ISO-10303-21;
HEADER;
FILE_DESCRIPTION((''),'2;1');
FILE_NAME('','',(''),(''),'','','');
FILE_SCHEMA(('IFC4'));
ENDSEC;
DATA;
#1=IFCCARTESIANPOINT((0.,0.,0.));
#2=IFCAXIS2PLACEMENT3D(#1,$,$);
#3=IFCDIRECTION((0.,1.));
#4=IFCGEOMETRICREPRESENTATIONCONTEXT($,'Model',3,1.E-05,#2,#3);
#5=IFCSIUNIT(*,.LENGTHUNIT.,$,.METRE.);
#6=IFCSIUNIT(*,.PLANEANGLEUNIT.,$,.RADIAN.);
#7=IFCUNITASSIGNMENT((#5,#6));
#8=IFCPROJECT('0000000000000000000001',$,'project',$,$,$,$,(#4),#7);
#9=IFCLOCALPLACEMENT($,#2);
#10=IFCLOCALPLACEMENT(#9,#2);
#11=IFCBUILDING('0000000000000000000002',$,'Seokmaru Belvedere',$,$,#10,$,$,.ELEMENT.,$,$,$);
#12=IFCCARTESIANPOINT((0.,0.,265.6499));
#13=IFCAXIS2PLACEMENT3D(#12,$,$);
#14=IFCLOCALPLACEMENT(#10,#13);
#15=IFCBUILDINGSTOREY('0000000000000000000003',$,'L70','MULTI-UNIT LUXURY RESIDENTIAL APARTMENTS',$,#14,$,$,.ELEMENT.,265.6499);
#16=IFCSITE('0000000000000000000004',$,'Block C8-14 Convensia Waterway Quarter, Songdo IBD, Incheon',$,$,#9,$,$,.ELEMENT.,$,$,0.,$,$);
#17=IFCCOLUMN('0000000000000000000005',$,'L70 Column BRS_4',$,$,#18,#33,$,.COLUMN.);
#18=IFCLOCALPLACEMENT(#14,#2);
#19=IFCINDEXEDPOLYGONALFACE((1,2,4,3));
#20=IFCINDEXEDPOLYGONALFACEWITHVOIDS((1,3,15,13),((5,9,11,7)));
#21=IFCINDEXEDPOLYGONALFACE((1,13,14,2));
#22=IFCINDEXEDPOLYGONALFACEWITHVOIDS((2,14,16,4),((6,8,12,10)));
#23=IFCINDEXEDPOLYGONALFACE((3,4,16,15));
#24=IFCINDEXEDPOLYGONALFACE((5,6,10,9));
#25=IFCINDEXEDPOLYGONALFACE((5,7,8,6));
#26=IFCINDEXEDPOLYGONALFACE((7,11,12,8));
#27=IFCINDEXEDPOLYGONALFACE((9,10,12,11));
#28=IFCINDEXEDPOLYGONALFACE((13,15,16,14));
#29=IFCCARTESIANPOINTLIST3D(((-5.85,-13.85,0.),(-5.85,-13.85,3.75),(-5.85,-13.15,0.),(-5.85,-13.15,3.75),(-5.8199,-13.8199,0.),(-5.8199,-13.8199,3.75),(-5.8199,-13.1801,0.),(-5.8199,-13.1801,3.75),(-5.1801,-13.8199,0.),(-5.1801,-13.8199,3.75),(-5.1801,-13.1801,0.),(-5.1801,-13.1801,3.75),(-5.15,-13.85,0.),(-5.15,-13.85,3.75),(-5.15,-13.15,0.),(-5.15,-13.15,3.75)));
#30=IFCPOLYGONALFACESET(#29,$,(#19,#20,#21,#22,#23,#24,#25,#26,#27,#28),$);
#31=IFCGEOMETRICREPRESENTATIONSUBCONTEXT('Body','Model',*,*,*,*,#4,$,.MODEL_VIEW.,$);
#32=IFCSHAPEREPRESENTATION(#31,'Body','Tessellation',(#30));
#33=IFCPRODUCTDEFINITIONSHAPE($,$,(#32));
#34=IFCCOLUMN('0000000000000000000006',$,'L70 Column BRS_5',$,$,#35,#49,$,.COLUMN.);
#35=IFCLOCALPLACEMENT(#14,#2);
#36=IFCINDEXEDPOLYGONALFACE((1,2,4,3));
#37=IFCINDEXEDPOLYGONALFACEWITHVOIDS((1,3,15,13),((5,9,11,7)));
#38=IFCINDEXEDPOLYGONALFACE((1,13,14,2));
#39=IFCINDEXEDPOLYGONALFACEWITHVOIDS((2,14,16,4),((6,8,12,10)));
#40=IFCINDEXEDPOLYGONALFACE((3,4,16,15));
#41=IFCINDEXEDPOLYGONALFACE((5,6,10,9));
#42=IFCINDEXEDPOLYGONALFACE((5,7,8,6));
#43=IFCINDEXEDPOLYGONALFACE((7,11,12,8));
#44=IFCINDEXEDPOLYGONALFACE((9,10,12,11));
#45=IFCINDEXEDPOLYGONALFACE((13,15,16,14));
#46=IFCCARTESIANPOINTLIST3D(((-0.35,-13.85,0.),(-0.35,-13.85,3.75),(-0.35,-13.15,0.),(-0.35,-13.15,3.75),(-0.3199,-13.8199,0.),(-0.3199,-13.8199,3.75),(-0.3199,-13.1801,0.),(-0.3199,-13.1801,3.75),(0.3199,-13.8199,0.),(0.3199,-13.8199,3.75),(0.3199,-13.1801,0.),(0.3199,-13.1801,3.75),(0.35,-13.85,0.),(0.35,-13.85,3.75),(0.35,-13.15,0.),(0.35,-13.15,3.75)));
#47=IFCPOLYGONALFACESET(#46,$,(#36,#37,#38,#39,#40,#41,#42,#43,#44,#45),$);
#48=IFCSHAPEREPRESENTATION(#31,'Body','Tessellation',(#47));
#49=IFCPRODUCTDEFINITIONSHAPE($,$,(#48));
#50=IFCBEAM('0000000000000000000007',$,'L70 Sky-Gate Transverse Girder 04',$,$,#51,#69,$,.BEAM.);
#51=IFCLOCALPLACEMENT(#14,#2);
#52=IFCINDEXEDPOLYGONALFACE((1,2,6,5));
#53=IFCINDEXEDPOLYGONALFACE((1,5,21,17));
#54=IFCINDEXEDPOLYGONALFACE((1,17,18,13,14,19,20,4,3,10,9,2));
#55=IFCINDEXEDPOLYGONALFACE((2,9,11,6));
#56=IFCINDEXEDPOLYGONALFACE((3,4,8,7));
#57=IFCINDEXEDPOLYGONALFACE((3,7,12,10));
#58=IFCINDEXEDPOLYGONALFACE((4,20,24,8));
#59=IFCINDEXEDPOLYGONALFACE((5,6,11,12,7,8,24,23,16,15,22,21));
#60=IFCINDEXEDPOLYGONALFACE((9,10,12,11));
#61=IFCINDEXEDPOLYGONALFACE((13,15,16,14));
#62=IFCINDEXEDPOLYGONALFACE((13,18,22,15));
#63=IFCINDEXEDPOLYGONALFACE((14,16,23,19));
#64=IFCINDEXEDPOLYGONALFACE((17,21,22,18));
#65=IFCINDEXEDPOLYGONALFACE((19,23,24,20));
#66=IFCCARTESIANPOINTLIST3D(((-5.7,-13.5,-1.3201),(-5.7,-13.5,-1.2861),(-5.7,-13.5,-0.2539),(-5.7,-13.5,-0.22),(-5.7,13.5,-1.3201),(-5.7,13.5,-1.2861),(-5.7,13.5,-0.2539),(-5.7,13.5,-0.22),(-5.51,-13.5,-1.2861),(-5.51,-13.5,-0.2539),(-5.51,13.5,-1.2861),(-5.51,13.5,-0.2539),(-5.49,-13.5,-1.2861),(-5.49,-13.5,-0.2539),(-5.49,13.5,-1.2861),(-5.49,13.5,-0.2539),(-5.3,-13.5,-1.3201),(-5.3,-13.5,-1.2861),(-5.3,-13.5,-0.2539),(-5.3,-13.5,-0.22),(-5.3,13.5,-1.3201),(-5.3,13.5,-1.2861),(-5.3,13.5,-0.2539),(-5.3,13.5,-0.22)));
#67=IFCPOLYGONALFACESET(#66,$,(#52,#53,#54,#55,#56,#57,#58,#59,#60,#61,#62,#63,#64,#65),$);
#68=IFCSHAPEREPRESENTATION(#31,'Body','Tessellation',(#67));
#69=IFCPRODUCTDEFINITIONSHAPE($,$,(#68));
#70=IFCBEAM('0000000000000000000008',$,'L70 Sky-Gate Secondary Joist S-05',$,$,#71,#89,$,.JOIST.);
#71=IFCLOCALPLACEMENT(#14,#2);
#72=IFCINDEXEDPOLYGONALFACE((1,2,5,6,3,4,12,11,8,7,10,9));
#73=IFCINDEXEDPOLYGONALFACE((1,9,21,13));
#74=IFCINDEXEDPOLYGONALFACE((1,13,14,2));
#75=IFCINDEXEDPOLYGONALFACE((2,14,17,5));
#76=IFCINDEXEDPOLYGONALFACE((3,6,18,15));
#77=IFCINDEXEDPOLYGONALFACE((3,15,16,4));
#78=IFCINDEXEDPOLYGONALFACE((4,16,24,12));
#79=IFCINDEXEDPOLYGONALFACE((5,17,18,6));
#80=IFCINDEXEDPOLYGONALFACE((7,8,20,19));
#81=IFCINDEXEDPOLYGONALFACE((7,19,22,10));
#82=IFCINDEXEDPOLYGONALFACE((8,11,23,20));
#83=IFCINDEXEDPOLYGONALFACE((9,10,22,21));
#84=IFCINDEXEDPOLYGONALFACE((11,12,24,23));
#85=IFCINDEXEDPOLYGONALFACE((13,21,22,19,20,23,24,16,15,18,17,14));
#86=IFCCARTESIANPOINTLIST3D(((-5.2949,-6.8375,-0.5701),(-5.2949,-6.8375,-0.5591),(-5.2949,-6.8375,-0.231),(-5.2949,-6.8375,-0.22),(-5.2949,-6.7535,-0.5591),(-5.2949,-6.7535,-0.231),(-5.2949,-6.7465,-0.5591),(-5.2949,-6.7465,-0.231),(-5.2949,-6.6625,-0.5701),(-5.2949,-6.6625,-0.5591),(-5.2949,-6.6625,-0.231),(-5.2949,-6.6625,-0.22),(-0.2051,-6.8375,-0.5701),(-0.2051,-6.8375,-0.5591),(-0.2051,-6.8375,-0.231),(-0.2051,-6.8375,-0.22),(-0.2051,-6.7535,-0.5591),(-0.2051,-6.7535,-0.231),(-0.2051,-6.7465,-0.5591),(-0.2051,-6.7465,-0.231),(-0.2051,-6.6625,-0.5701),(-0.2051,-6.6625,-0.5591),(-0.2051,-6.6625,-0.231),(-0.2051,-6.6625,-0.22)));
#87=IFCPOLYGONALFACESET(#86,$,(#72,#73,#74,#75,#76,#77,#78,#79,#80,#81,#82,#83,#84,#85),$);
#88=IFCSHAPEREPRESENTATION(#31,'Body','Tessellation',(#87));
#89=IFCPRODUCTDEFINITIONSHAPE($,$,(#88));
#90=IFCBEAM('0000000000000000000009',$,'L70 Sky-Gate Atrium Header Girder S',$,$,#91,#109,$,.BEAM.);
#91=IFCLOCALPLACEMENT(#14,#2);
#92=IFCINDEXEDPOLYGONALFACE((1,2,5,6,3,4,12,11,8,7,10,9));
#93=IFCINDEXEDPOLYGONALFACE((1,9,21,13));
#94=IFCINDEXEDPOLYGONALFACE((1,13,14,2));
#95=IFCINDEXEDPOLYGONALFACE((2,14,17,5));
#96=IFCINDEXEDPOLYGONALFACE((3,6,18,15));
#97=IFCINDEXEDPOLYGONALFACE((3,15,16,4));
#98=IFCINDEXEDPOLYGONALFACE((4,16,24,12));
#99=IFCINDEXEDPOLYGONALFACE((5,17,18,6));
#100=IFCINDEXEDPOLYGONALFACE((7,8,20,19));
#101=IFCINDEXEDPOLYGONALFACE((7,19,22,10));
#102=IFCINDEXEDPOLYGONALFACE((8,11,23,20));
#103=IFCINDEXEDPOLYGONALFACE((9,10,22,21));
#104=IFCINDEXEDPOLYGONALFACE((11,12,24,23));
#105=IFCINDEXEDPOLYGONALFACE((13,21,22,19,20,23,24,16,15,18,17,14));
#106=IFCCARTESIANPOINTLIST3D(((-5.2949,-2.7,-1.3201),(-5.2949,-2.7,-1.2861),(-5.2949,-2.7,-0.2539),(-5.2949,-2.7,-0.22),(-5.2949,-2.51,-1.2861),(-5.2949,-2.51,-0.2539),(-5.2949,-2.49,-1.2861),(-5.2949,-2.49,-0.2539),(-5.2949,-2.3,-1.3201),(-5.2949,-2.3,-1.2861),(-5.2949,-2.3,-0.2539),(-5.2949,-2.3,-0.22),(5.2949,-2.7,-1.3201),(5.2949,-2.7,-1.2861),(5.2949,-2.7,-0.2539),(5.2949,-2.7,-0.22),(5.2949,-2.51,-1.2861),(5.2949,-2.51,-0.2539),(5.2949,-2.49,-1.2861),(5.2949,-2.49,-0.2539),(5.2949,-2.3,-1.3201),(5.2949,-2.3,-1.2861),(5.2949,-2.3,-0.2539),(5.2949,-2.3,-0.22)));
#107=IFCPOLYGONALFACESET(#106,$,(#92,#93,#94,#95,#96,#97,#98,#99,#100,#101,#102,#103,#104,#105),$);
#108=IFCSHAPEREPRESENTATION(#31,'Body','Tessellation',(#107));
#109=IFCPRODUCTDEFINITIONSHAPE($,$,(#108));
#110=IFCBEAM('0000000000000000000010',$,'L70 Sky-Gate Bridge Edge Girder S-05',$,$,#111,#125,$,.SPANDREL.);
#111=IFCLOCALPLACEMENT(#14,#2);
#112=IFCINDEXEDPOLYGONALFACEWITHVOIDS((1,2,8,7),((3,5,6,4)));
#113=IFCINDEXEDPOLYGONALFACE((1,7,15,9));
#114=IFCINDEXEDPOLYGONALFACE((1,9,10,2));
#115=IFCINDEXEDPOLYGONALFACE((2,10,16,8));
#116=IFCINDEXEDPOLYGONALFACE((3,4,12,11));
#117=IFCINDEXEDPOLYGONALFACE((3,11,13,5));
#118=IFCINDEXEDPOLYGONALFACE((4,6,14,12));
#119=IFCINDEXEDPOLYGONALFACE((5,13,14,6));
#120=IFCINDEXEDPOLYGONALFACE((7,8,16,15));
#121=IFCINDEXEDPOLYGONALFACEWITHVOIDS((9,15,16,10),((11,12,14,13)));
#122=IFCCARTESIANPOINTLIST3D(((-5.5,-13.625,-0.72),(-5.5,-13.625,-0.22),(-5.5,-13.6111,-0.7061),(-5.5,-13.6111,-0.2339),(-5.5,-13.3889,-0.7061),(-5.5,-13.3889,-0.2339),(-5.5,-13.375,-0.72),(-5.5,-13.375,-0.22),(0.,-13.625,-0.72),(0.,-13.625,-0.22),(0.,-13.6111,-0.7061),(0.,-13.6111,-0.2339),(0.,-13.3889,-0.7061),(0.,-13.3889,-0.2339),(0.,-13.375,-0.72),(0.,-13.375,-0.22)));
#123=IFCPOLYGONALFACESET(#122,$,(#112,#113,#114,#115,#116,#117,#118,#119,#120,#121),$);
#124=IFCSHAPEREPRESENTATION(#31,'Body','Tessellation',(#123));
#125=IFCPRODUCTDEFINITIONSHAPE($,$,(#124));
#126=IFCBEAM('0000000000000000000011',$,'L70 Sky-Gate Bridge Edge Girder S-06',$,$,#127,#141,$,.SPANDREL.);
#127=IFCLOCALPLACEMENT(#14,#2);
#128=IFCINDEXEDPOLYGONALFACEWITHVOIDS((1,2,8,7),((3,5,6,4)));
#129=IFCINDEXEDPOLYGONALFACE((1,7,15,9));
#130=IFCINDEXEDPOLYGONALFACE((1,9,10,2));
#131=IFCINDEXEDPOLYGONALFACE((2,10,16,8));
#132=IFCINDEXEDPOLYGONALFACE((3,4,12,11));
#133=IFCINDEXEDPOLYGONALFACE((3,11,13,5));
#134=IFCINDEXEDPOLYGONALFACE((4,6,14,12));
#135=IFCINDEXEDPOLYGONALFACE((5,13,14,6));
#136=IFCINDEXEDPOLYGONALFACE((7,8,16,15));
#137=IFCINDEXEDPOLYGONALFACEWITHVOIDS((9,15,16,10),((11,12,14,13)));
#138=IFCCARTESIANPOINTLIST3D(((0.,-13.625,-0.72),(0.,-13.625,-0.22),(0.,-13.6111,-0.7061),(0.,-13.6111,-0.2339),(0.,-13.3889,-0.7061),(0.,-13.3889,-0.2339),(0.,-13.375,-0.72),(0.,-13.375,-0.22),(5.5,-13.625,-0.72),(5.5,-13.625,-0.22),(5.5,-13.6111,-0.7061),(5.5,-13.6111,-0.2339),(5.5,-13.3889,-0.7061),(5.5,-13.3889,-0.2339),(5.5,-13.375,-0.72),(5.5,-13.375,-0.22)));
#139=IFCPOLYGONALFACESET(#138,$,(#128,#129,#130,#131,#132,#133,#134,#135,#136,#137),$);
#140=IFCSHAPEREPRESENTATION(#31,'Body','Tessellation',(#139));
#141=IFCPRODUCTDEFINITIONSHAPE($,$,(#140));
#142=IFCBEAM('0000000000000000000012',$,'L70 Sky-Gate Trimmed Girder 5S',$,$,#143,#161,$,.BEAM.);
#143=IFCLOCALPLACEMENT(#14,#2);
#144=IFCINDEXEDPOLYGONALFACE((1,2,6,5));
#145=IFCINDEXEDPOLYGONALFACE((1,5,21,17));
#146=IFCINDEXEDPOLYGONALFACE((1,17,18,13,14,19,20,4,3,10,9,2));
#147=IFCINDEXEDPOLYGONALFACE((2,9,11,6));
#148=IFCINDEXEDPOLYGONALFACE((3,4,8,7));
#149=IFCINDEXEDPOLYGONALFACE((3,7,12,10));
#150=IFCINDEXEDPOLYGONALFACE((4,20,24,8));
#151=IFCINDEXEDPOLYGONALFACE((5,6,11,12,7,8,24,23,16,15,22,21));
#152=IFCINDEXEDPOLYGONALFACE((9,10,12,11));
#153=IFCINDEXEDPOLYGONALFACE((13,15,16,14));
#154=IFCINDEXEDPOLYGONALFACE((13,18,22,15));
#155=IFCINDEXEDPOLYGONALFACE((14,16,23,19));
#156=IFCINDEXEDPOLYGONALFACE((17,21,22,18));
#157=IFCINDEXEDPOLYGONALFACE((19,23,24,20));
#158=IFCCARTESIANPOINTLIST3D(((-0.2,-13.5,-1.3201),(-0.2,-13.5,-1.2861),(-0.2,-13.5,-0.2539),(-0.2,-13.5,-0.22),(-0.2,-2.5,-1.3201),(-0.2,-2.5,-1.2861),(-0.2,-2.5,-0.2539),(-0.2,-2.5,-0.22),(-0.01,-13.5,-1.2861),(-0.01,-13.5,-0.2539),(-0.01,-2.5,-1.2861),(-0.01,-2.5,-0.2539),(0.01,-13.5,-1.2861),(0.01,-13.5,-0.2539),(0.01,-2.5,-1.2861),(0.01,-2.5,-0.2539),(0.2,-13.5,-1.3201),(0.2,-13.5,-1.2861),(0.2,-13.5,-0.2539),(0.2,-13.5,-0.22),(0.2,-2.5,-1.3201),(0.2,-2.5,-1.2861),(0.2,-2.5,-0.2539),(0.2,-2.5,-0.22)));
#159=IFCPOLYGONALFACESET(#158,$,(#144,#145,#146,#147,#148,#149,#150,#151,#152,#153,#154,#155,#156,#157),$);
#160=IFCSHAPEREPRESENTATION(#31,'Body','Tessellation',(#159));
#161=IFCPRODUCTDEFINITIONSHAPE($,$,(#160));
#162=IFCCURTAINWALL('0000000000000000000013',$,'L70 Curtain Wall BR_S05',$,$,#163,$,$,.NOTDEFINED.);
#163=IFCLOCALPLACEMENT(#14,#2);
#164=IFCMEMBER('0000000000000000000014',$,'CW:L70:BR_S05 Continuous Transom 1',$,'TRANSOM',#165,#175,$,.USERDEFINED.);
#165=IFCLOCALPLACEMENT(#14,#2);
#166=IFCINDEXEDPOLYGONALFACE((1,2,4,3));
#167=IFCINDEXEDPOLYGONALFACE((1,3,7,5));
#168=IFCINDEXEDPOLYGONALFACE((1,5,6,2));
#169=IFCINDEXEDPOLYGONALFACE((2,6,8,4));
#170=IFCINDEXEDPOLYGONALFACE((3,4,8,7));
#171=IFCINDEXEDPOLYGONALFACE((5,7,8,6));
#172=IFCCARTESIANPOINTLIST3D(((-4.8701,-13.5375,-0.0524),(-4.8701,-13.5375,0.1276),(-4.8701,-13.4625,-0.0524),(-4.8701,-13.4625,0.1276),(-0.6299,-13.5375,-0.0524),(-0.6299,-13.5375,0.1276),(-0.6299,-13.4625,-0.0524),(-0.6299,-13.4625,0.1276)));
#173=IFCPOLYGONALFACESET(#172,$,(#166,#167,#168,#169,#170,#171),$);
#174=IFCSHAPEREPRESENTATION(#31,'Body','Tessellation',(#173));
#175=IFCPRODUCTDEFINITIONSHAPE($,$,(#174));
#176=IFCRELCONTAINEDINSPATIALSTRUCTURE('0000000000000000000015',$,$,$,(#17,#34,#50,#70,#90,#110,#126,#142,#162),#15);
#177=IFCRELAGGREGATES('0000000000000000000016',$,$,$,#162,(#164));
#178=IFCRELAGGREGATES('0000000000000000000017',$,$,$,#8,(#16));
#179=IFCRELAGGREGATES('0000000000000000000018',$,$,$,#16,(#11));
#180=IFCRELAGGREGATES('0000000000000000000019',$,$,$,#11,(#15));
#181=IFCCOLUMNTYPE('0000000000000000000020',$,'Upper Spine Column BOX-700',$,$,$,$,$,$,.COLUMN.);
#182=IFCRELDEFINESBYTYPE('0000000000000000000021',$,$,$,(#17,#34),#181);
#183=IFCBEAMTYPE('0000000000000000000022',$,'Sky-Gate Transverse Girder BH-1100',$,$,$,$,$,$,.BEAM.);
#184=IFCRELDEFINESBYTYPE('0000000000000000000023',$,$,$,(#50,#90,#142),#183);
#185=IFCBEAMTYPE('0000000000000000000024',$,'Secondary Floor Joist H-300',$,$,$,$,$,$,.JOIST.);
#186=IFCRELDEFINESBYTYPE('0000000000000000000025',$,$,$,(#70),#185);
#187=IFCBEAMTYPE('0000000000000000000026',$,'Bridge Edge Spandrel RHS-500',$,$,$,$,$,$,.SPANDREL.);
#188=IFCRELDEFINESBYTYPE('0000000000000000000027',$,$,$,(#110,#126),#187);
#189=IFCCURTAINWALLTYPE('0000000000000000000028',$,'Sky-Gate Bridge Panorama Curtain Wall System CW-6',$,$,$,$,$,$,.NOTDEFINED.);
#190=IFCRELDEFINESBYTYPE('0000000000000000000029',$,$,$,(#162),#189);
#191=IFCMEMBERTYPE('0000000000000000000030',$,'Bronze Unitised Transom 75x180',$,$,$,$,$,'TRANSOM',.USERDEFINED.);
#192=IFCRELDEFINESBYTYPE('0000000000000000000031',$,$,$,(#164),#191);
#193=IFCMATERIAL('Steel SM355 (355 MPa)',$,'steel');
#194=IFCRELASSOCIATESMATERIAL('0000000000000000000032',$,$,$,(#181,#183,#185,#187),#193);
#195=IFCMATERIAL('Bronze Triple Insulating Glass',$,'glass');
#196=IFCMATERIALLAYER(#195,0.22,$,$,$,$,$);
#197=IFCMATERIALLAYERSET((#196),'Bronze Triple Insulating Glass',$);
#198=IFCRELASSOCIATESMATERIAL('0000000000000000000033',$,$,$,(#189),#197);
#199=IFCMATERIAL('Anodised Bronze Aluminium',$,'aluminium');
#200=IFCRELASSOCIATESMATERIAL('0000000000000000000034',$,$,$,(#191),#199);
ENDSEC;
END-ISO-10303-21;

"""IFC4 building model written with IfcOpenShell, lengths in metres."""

from ifc_helpers import new_model, si_unit, direction, frame, origin, origin_2d, place, context, subcontext, project, spatial, rectangle, hollow_rectangle, i_section, extrude, source, transform, mapped, material, layer, layer_set, material_profile, profile_set, type_object, type_shapes, element, aggregate, save


model = new_model("IFC4")

# Units and contexts
model_context = context("Model", 3, precision=1e-05, world=origin(), true_north=direction((0.0, 1.0)))
body_context = subcontext(model_context, "Body", "Model", "MODEL_VIEW")
ifc_project = project(units=[si_unit("LENGTHUNIT", "METRE"), si_unit("PLANEANGLEUNIT", "RADIAN")], contexts=[model_context])

# Site, building, storey
site_placement = place(None, origin())
site = spatial("IfcSite", under=ifc_project, at=site_placement, Name="Block C8-14 Convensia Waterway Quarter, Songdo IBD, Incheon", CompositionType="ELEMENT", RefElevation=0.0)
building_placement = place(site_placement, origin())
building = spatial("IfcBuilding", under=site, at=building_placement, Name="Seokmaru Belvedere", CompositionType="ELEMENT")
storey_placement = place(building_placement, frame((0.0, 0.0, 265.6499)))
storey = spatial("IfcBuildingStorey", under=building, at=storey_placement, Name="L70", Description="MULTI-UNIT LUXURY RESIDENTIAL APARTMENTS", CompositionType="ELEMENT", Elevation=265.6499)

# Columns
ifc_material_1 = material(Name="Steel SM355 (355 MPa)", Category="steel")
ifc_material_profile_1 = material_profile(ifc_material_1, hollow_rectangle(XDim=0.7, YDim=0.7, WallThickness=0.03, at=origin_2d()), Name="BOX-700x700x30")
ifc_profile_set_1 = profile_set([ifc_material_profile_1], Name="Steel SM355 (355 MPa)")
column_type = type_object("IfcColumnType", Name="Upper Spine Column BOX-700", PredefinedType="COLUMN", material=ifc_profile_set_1)
shared_shape_1 = source(origin(), body_context, "Body", "SweptSolid", [
    extrude(hollow_rectangle(XDim=0.7, YDim=0.7, WallThickness=0.03, at=origin_2d()), origin(), (0.0, 0.0, 1.0), 3.75),
])
type_shapes(column_type, [shared_shape_1])
for number, where, z_axis, x_axis, name in (
    (1, (-5.5, -13.5, 0.0), (0.0, 0.0, 1.0), (1.0, 0.0, 0.0), "L70 Column BRS_4"),
    (2, (0.0, -13.5, 0.0), (0.0, 0.0, 1.0), (1.0, 0.0, 0.0), "L70 Column BRS_5"),
):
    element("IfcColumn", number, at=place(storey_placement, frame(where, z_axis=z_axis, x_axis=x_axis)), inside=storey, type_object=column_type, Name=name, PredefinedType="COLUMN", context=body_context, shape_type="MappedRepresentation", body=[
        mapped(shared_shape_1, transform((0.0, 0.0, 0.0), scale=1.0)),
    ])

# Beams
ifc_material_profile_2 = material_profile(ifc_material_1, i_section(OverallWidth=0.3999, OverallDepth=1.1001, WebThickness=0.02, FlangeThickness=0.0339, at=origin_2d()), Name="BH-1100x400x20x34")
ifc_profile_set_2 = profile_set([ifc_material_profile_2], Name="Steel SM355 (355 MPa)")
beam_type_1 = type_object("IfcBeamType", Name="Sky-Gate Transverse Girder BH-1100", PredefinedType="BEAM", material=ifc_profile_set_2)
shared_shape_2 = source(origin(), body_context, "Body", "SweptSolid", [
    extrude(i_section(OverallWidth=0.3999, OverallDepth=1.1001, WebThickness=0.02, FlangeThickness=0.0339, at=origin_2d()), origin(), (0.0, 0.0, 1.0), 27.0),
])
beam_1_placement = place(storey_placement, frame((-5.5, -13.5, -0.77), z_axis=(0.0, 1.0, 0.0), x_axis=(-1.0, 0.0, 0.0)))
element("IfcBeam", 3, at=beam_1_placement, inside=storey, type_object=beam_type_1, Name="L70 Sky-Gate Transverse Girder 04", PredefinedType="BEAM", context=body_context, shape_type="MappedRepresentation", body=[
    mapped(shared_shape_2, transform((0.0, 0.0, 0.0), scale=1.0)),
])
ifc_material_profile_3 = material_profile(ifc_material_1, i_section(OverallWidth=0.175, OverallDepth=0.3501, WebThickness=0.0071, FlangeThickness=0.011, at=origin_2d()), Name="H-350x175x7x11")
ifc_profile_set_3 = profile_set([ifc_material_profile_3], Name="Steel SM355 (355 MPa)")
beam_type_2 = type_object("IfcBeamType", Name="Secondary Floor Joist H-300", PredefinedType="JOIST", material=ifc_profile_set_3)
shared_shape_3 = source(origin(), body_context, "Body", "SweptSolid", [
    extrude(i_section(OverallWidth=0.175, OverallDepth=0.3501, WebThickness=0.0071, FlangeThickness=0.011, at=origin_2d()), origin(), (0.0, 0.0, 1.0), 5.0898),
])
type_shapes(beam_type_2, [shared_shape_3])
beam_2_placement = place(storey_placement, frame((-5.2949, -6.75, -0.395), z_axis=(1.0, 0.0, 0.0), x_axis=(0.0, 1.0, 0.0)))
element("IfcBeam", 4, at=beam_2_placement, inside=storey, type_object=beam_type_2, Name="L70 Sky-Gate Secondary Joist S-05", PredefinedType="JOIST", context=body_context, shape_type="MappedRepresentation", body=[
    mapped(shared_shape_3, transform((0.0, 0.0, 0.0), scale=1.0)),
])
shared_shape_4 = source(origin(), body_context, "Body", "SweptSolid", [
    extrude(i_section(OverallWidth=0.3999, OverallDepth=1.1001, WebThickness=0.02, FlangeThickness=0.0339, at=origin_2d()), origin(), (0.0, 0.0, 1.0), 10.5898),
])
beam_3_placement = place(storey_placement, frame((-5.2949, -2.5, -0.77), z_axis=(1.0, 0.0, 0.0), x_axis=(0.0, 1.0, 0.0)))
element("IfcBeam", 5, at=beam_3_placement, inside=storey, type_object=beam_type_1, Name="L70 Sky-Gate Atrium Header Girder S", PredefinedType="BEAM", context=body_context, shape_type="MappedRepresentation", body=[
    mapped(shared_shape_4, transform((0.0, 0.0, 0.0), scale=1.0)),
])
ifc_material_profile_4 = material_profile(ifc_material_1, hollow_rectangle(XDim=0.25, YDim=0.5, WallThickness=0.0139, at=origin_2d()), Name="RHS-500x250x14")
ifc_profile_set_4 = profile_set([ifc_material_profile_4], Name="Steel SM355 (355 MPa)")
beam_type_3 = type_object("IfcBeamType", Name="Bridge Edge Spandrel RHS-500", PredefinedType="SPANDREL", material=ifc_profile_set_4)
shared_shape_5 = source(origin(), body_context, "Body", "SweptSolid", [
    extrude(hollow_rectangle(XDim=0.25, YDim=0.5, WallThickness=0.0139, at=origin_2d()), origin(), (0.0, 0.0, 1.0), 5.5),
])
type_shapes(beam_type_3, [shared_shape_5])
for number, where, z_axis, x_axis, name in (
    (6, (-5.5, -13.5, -0.47), (1.0, 0.0, 0.0), (0.0, 1.0, 0.0), "L70 Sky-Gate Bridge Edge Girder S-05"),
    (7, (0.0, -13.5, -0.47), (1.0, 0.0, 0.0), (0.0, 1.0, 0.0), "L70 Sky-Gate Bridge Edge Girder S-06"),
):
    element("IfcBeam", number, at=place(storey_placement, frame(where, z_axis=z_axis, x_axis=x_axis)), inside=storey, type_object=beam_type_3, Name=name, PredefinedType="SPANDREL", context=body_context, shape_type="MappedRepresentation", body=[
        mapped(shared_shape_5, transform((0.0, 0.0, 0.0), scale=1.0)),
    ])
shared_shape_6 = source(origin(), body_context, "Body", "SweptSolid", [
    extrude(i_section(OverallWidth=0.3999, OverallDepth=1.1001, WebThickness=0.02, FlangeThickness=0.0339, at=origin_2d()), origin(), (0.0, 0.0, 1.0), 11.0),
])
type_shapes(beam_type_1, [shared_shape_2, shared_shape_4, shared_shape_6])
beam_4_placement = place(storey_placement, frame((0.0, -13.5, -0.77), z_axis=(0.0, 1.0, 0.0), x_axis=(-1.0, 0.0, 0.0)))
element("IfcBeam", 8, at=beam_4_placement, inside=storey, type_object=beam_type_1, Name="L70 Sky-Gate Trimmed Girder 5S", PredefinedType="BEAM", context=body_context, shape_type="MappedRepresentation", body=[
    mapped(shared_shape_6, transform((0.0, 0.0, 0.0), scale=1.0)),
])

# Curtain wall, member
ifc_material_2 = material(Name="Bronze Triple Insulating Glass", Category="glass")
ifc_layer_1 = layer(ifc_material_2, 0.22)
ifc_layer_set_1 = layer_set([ifc_layer_1], Name="Bronze Triple Insulating Glass")
curtain_wall_type = type_object("IfcCurtainWallType", Name="Sky-Gate Bridge Panorama Curtain Wall System CW-6", PredefinedType="NOTDEFINED", material=ifc_layer_set_1)
curtain_wall_1_placement = place(storey_placement, origin())
curtain_wall_1 = element("IfcCurtainWall", 9, at=curtain_wall_1_placement, inside=storey, type_object=curtain_wall_type, Name="L70 Curtain Wall BR_S05", PredefinedType="NOTDEFINED")
ifc_material_3 = material(Name="Anodised Bronze Aluminium", Category="aluminium")
ifc_material_profile_5 = material_profile(ifc_material_3, rectangle(XDim=0.075, YDim=0.1799, at=origin_2d()), Name="CW-T-75x180")
ifc_profile_set_5 = profile_set([ifc_material_profile_5], Name="Anodised Bronze Aluminium")
member_type_1 = type_object("IfcMemberType", Name="Bronze Unitised Transom 75x180", ElementType="TRANSOM", PredefinedType="USERDEFINED", material=ifc_profile_set_5)
shared_shape_7 = source(origin(), body_context, "Body", "SweptSolid", [
    extrude(rectangle(XDim=0.075, YDim=0.1799, at=origin_2d()), origin(), (0.0, 0.0, 1.0), 4.2402),
])
type_shapes(member_type_1, [shared_shape_7])
member_1_placement = place(storey_placement, frame((-4.8701, -13.5, 0.0376), z_axis=(1.0, 0.0, 0.0), x_axis=(0.0, 1.0, 0.0)))
member_1 = element("IfcMember", 10, at=member_1_placement, type_object=member_type_1, Name="CW:L70:BR_S05 Continuous Transom 1", ObjectType="TRANSOM", PredefinedType="USERDEFINED", context=body_context, shape_type="MappedRepresentation", body=[
    mapped(shared_shape_7, transform((0.0, 0.0, 0.0), scale=1.0)),
])

aggregate(curtain_wall_1, [member_1])

save(model, "model.ifc")
